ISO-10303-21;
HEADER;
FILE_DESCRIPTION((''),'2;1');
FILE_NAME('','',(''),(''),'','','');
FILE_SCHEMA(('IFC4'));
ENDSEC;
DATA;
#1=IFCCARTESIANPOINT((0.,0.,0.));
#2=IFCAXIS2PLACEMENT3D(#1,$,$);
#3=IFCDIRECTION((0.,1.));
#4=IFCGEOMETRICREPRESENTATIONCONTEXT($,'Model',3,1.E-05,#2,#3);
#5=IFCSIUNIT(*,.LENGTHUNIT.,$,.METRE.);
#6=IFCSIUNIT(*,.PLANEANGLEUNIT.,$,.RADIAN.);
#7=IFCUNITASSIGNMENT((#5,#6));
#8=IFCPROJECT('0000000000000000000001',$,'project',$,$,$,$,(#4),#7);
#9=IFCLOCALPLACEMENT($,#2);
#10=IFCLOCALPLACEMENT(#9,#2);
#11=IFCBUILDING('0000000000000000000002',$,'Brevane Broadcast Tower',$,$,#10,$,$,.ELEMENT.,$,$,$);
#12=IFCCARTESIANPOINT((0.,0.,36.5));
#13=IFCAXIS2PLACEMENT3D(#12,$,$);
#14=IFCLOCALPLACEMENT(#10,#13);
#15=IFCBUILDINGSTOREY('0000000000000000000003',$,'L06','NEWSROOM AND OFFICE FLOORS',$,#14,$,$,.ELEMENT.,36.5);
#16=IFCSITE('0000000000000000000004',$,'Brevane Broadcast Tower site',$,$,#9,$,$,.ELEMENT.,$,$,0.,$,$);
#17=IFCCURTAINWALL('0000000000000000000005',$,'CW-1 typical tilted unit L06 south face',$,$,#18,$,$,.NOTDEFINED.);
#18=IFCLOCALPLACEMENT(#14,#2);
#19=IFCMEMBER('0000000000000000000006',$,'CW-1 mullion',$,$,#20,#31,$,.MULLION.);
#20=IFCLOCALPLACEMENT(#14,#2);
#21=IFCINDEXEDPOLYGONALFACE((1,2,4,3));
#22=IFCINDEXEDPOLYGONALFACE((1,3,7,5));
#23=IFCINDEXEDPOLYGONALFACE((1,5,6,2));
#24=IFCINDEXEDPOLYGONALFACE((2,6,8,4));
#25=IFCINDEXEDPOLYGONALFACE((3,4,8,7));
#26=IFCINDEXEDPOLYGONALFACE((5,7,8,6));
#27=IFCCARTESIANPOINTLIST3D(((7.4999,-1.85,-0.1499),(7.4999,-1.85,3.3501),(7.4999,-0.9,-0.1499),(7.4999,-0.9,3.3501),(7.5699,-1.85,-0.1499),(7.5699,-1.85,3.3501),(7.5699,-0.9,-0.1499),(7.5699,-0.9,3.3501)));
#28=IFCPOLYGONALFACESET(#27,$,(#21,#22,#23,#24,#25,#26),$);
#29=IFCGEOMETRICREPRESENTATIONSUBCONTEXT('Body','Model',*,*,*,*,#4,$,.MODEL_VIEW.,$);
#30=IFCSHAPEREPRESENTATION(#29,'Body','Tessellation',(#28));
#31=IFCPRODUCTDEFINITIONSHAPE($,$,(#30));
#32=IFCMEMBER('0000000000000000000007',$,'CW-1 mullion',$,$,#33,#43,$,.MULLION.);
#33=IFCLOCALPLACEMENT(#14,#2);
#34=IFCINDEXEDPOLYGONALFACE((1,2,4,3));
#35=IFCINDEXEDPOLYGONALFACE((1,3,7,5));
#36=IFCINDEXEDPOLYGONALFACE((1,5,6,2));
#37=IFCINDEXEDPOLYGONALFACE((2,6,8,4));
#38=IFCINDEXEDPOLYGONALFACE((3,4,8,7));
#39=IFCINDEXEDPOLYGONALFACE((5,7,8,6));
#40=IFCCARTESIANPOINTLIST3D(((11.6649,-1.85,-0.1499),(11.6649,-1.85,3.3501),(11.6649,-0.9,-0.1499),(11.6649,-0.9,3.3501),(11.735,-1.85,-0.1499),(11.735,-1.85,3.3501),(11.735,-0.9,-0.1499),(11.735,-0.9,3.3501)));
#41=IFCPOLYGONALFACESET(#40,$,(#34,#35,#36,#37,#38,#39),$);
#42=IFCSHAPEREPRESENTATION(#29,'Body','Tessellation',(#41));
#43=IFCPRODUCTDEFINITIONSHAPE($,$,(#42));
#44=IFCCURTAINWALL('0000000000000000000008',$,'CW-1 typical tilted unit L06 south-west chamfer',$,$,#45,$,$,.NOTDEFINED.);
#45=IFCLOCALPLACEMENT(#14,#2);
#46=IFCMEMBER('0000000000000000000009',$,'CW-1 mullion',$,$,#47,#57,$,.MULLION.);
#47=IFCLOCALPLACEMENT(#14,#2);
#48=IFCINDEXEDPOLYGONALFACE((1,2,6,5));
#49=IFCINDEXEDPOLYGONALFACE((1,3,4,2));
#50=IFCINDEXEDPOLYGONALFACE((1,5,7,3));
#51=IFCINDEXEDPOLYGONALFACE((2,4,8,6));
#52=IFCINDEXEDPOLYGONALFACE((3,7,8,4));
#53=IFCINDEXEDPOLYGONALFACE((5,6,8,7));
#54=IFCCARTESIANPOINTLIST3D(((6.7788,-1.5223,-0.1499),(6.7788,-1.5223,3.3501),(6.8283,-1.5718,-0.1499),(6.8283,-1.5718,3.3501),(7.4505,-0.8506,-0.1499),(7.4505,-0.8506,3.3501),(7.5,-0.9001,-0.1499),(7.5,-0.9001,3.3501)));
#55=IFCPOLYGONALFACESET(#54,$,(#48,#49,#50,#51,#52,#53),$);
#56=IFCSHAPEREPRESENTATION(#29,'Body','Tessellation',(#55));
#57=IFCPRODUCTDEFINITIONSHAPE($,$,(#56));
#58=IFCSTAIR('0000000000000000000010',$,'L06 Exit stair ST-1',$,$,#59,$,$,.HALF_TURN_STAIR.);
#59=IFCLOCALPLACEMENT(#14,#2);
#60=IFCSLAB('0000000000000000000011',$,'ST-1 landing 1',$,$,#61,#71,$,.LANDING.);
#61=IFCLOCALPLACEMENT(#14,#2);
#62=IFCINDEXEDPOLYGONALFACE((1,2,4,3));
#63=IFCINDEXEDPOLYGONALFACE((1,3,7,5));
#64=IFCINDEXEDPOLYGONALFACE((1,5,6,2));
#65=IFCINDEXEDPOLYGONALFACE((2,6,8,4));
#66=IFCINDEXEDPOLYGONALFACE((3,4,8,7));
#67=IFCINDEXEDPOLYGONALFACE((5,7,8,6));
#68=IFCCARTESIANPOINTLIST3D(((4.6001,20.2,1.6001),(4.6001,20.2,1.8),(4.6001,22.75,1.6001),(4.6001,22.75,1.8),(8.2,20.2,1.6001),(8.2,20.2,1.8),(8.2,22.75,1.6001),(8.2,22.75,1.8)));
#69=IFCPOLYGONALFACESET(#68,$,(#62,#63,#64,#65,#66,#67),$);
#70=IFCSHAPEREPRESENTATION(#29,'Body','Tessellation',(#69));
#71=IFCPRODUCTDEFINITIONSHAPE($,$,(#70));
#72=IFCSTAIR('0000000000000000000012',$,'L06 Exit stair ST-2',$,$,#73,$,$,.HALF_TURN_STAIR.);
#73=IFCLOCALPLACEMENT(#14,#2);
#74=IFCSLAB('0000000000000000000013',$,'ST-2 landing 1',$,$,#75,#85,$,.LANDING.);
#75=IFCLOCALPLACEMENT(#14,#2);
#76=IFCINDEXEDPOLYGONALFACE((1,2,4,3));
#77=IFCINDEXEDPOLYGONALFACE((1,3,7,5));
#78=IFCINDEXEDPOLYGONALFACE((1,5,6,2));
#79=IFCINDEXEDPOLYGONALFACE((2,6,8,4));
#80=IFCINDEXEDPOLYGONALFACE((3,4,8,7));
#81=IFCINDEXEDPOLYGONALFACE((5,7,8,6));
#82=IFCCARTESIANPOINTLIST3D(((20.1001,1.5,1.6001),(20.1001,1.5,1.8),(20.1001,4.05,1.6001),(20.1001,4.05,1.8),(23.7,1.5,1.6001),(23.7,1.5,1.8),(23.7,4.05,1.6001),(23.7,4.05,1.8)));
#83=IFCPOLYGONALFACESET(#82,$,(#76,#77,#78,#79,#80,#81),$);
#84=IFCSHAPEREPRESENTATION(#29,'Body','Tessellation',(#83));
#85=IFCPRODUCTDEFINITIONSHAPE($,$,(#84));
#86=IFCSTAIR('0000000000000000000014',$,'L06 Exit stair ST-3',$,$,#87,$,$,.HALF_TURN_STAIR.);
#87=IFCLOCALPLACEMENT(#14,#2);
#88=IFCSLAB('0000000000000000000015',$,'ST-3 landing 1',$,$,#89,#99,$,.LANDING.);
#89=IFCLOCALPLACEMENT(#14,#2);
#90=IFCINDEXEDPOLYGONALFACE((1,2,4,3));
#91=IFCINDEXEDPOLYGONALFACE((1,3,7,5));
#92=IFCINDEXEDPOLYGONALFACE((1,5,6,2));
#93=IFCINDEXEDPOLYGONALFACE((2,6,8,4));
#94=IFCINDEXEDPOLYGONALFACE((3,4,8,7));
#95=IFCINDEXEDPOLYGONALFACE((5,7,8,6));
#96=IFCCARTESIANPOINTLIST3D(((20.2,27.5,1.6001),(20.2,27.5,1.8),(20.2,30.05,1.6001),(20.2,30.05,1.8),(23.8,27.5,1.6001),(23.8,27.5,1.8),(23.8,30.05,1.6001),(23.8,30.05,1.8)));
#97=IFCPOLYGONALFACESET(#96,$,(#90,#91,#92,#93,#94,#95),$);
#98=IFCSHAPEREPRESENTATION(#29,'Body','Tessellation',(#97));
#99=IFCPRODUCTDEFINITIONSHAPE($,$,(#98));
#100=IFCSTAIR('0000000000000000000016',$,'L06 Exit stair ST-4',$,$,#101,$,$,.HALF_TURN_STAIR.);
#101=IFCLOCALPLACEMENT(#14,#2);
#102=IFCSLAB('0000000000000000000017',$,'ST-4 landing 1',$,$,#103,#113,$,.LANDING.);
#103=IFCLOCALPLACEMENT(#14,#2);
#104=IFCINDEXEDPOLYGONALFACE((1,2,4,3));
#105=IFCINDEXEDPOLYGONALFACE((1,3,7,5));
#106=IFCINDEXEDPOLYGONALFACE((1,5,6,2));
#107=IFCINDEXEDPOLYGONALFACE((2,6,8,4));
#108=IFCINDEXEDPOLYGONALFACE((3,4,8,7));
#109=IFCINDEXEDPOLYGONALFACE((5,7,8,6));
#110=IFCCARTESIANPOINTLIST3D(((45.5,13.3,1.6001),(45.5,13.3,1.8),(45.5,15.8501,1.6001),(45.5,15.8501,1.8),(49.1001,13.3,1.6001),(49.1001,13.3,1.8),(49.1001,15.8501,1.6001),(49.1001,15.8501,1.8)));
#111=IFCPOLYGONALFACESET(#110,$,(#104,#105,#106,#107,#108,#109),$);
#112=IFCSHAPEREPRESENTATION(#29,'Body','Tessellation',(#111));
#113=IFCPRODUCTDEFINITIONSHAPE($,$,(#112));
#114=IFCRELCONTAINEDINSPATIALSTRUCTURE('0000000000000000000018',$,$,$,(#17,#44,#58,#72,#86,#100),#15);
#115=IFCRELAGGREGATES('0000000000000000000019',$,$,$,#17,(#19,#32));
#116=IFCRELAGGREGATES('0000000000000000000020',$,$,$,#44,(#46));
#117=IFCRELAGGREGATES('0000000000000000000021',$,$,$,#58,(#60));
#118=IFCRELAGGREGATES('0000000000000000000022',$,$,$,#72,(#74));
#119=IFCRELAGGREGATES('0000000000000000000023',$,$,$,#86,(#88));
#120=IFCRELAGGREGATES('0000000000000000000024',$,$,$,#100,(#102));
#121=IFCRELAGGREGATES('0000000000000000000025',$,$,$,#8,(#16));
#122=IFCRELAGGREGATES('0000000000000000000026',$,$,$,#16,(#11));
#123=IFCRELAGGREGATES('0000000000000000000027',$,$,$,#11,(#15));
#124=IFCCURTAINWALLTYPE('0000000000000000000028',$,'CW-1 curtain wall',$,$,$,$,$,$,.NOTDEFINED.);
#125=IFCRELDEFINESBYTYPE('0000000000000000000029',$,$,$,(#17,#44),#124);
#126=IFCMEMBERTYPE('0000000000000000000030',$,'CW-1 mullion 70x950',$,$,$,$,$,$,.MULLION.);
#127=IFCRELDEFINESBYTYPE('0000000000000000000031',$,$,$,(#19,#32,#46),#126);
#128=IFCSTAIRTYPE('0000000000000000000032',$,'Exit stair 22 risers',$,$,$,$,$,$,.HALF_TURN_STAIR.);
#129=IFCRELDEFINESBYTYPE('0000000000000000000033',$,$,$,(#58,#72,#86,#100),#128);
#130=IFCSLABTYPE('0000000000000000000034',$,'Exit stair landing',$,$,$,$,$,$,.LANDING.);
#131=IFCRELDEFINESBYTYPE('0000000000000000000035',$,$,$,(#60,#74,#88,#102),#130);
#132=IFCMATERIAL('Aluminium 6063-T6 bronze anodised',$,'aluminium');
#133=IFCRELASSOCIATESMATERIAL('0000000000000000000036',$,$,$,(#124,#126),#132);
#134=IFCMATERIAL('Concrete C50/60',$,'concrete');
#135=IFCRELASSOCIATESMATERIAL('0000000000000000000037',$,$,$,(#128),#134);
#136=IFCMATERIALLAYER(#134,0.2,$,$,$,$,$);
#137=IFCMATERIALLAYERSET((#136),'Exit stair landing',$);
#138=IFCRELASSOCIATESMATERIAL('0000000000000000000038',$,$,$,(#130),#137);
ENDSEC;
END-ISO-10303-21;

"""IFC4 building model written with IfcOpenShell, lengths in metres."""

from ifc_helpers import new_model, si_unit, direction, frame, origin, origin_2d, place, context, subcontext, project, spatial, polyline, rectangle, outline, extrude, material, layer, layer_set, material_profile, profile_set, type_object, element, aggregate, save


model = new_model("IFC4")

# Units and contexts
model_context = context("Model", 3, precision=1e-05, world=origin(), true_north=direction((0.0, 1.0)))
body_context = subcontext(model_context, "Body", "Model", "MODEL_VIEW")
ifc_project = project(units=[si_unit("LENGTHUNIT", "METRE"), si_unit("PLANEANGLEUNIT", "RADIAN")], contexts=[model_context])

# Site, building, storey
site_placement = place(None, origin())
site = spatial("IfcSite", under=ifc_project, at=site_placement, Name="Brevane Broadcast Tower site", CompositionType="ELEMENT", RefElevation=0.0)
building_placement = place(site_placement, origin())
building = spatial("IfcBuilding", under=site, at=building_placement, Name="Brevane Broadcast Tower", CompositionType="ELEMENT")
storey_placement = place(building_placement, frame((0.0, 0.0, 36.5)))
storey = spatial("IfcBuildingStorey", under=building, at=storey_placement, Name="L06", Description="NEWSROOM AND OFFICE FLOORS", CompositionType="ELEMENT", Elevation=36.5)

# Curtain wall, members
ifc_material_1 = material(Name="Aluminium 6063-T6 bronze anodised", Category="aluminium")
curtain_wall_type = type_object("IfcCurtainWallType", Name="CW-1 curtain wall", PredefinedType="NOTDEFINED", material=ifc_material_1)
curtain_wall_1_placement = place(storey_placement, origin())
curtain_wall_1 = element("IfcCurtainWall", 1, at=curtain_wall_1_placement, inside=storey, type_object=curtain_wall_type, Name="CW-1 typical tilted unit L06 south face", PredefinedType="NOTDEFINED")
ifc_material_profile = material_profile(ifc_material_1, rectangle(XDim=0.95, YDim=0.0701, at=origin_2d()), Name="RECT 70x950")
ifc_profile_set = profile_set([ifc_material_profile], Name="Aluminium 6063-T6 bronze anodised")
member_type = type_object("IfcMemberType", Name="CW-1 mullion 70x950", PredefinedType="MULLION", material=ifc_profile_set)
member_1_placement = place(storey_placement, frame((7.5349, -1.375, -0.1499), z_axis=(0.0, 0.0, 1.0), x_axis=(0.0, 1.0, 0.0)))
member_1 = element("IfcMember", 2, at=member_1_placement, type_object=member_type, Name="CW-1 mullion", PredefinedType="MULLION", context=body_context, shape_type="SweptSolid", body=[
    extrude(rectangle(XDim=0.95, YDim=0.0701, at=origin_2d()), origin(), (0.0, 0.0, 1.0), 3.5),
])
member_2_placement = place(storey_placement, frame((11.7, -1.375, -0.1499), z_axis=(0.0, 0.0, 1.0), x_axis=(0.0, 1.0, 0.0)))
member_2 = element("IfcMember", 3, at=member_2_placement, type_object=member_type, Name="CW-1 mullion", PredefinedType="MULLION", context=body_context, shape_type="SweptSolid", body=[
    extrude(rectangle(XDim=0.95, YDim=0.0701, at=origin_2d()), origin(), (0.0, 0.0, 1.0), 3.5),
])
aggregate(curtain_wall_1, [member_1, member_2])

# Curtain wall, member
curtain_wall_2_placement = place(storey_placement, origin())
curtain_wall_2 = element("IfcCurtainWall", 4, at=curtain_wall_2_placement, inside=storey, type_object=curtain_wall_type, Name="CW-1 typical tilted unit L06 south-west chamfer", PredefinedType="NOTDEFINED")
member_3_placement = place(storey_placement, frame((7.1394, -1.2112, -0.1499), z_axis=(0.0, 0.0, 1.0), x_axis=(0.707107, 0.707107, 0.0)))
member_3 = element("IfcMember", 5, at=member_3_placement, type_object=member_type, Name="CW-1 mullion", PredefinedType="MULLION", context=body_context, shape_type="SweptSolid", body=[
    extrude(rectangle(XDim=0.95, YDim=0.0701, at=origin_2d()), origin(), (0.0, 0.0, 1.0), 3.5),
])
aggregate(curtain_wall_2, [member_3])

# Stairs, slabs
ifc_material_2 = material(Name="Concrete C50/60", Category="concrete")
stair_type = type_object("IfcStairType", Name="Exit stair 22 risers", PredefinedType="HALF_TURN_STAIR", material=ifc_material_2)
stair_1_placement = place(storey_placement, origin())
stair_1 = element("IfcStair", 6, at=stair_1_placement, inside=storey, type_object=stair_type, Name="L06 Exit stair ST-1", PredefinedType="HALF_TURN_STAIR")
ifc_layer_1 = layer(ifc_material_2, 0.2)
ifc_layer_set_1 = layer_set([ifc_layer_1], Name="Exit stair landing")
slab_type_1 = type_object("IfcSlabType", Name="Exit stair landing", PredefinedType="LANDING", material=ifc_layer_set_1)
slab_1_placement = place(storey_placement, frame((0.0, 0.0, 1.6001)))
slab_1 = element("IfcSlab", 7, at=slab_1_placement, type_object=slab_type_1, Name="ST-1 landing 1", PredefinedType="LANDING", context=body_context, shape_type="SweptSolid", body=[
    extrude(outline(polyline([(4.6001, 20.2), (8.2, 20.2), (8.2, 22.75), (4.6001, 22.75), (4.6001, 20.2)])), origin(), (0.0, 0.0, 1.0), 0.2),
])
aggregate(stair_1, [slab_1])
stair_2_placement = place(storey_placement, origin())
stair_2 = element("IfcStair", 8, at=stair_2_placement, inside=storey, type_object=stair_type, Name="L06 Exit stair ST-2", PredefinedType="HALF_TURN_STAIR")
slab_2_placement = place(storey_placement, frame((0.0, 0.0, 1.6001)))
slab_2 = element("IfcSlab", 9, at=slab_2_placement, type_object=slab_type_1, Name="ST-2 landing 1", PredefinedType="LANDING", context=body_context, shape_type="SweptSolid", body=[
    extrude(outline(polyline([(20.1001, 1.5), (23.7, 1.5), (23.7, 4.05), (20.1001, 4.05), (20.1001, 1.5)])), origin(), (0.0, 0.0, 1.0), 0.2),
])
aggregate(stair_2, [slab_2])
stair_3_placement = place(storey_placement, origin())
stair_3 = element("IfcStair", 10, at=stair_3_placement, inside=storey, type_object=stair_type, Name="L06 Exit stair ST-3", PredefinedType="HALF_TURN_STAIR")
slab_3_placement = place(storey_placement, frame((0.0, 0.0, 1.6001)))
slab_3 = element("IfcSlab", 11, at=slab_3_placement, type_object=slab_type_1, Name="ST-3 landing 1", PredefinedType="LANDING", context=body_context, shape_type="SweptSolid", body=[
    extrude(outline(polyline([(20.2, 27.5), (23.8, 27.5), (23.8, 30.05), (20.2, 30.05), (20.2, 27.5)])), origin(), (0.0, 0.0, 1.0), 0.2),
])
aggregate(stair_3, [slab_3])
stair_4_placement = place(storey_placement, origin())
stair_4 = element("IfcStair", 12, at=stair_4_placement, inside=storey, type_object=stair_type, Name="L06 Exit stair ST-4", PredefinedType="HALF_TURN_STAIR")
slab_4_placement = place(storey_placement, frame((0.0, 0.0, 1.6001)))
slab_4 = element("IfcSlab", 13, at=slab_4_placement, type_object=slab_type_1, Name="ST-4 landing 1", PredefinedType="LANDING", context=body_context, shape_type="SweptSolid", body=[
    extrude(outline(polyline([(45.5, 13.3), (49.1001, 13.3), (49.1001, 15.8501), (45.5, 15.8501), (45.5, 13.3)])), origin(), (0.0, 0.0, 1.0), 0.2),
])
aggregate(stair_4, [slab_4])

save(model, "model.ifc")
